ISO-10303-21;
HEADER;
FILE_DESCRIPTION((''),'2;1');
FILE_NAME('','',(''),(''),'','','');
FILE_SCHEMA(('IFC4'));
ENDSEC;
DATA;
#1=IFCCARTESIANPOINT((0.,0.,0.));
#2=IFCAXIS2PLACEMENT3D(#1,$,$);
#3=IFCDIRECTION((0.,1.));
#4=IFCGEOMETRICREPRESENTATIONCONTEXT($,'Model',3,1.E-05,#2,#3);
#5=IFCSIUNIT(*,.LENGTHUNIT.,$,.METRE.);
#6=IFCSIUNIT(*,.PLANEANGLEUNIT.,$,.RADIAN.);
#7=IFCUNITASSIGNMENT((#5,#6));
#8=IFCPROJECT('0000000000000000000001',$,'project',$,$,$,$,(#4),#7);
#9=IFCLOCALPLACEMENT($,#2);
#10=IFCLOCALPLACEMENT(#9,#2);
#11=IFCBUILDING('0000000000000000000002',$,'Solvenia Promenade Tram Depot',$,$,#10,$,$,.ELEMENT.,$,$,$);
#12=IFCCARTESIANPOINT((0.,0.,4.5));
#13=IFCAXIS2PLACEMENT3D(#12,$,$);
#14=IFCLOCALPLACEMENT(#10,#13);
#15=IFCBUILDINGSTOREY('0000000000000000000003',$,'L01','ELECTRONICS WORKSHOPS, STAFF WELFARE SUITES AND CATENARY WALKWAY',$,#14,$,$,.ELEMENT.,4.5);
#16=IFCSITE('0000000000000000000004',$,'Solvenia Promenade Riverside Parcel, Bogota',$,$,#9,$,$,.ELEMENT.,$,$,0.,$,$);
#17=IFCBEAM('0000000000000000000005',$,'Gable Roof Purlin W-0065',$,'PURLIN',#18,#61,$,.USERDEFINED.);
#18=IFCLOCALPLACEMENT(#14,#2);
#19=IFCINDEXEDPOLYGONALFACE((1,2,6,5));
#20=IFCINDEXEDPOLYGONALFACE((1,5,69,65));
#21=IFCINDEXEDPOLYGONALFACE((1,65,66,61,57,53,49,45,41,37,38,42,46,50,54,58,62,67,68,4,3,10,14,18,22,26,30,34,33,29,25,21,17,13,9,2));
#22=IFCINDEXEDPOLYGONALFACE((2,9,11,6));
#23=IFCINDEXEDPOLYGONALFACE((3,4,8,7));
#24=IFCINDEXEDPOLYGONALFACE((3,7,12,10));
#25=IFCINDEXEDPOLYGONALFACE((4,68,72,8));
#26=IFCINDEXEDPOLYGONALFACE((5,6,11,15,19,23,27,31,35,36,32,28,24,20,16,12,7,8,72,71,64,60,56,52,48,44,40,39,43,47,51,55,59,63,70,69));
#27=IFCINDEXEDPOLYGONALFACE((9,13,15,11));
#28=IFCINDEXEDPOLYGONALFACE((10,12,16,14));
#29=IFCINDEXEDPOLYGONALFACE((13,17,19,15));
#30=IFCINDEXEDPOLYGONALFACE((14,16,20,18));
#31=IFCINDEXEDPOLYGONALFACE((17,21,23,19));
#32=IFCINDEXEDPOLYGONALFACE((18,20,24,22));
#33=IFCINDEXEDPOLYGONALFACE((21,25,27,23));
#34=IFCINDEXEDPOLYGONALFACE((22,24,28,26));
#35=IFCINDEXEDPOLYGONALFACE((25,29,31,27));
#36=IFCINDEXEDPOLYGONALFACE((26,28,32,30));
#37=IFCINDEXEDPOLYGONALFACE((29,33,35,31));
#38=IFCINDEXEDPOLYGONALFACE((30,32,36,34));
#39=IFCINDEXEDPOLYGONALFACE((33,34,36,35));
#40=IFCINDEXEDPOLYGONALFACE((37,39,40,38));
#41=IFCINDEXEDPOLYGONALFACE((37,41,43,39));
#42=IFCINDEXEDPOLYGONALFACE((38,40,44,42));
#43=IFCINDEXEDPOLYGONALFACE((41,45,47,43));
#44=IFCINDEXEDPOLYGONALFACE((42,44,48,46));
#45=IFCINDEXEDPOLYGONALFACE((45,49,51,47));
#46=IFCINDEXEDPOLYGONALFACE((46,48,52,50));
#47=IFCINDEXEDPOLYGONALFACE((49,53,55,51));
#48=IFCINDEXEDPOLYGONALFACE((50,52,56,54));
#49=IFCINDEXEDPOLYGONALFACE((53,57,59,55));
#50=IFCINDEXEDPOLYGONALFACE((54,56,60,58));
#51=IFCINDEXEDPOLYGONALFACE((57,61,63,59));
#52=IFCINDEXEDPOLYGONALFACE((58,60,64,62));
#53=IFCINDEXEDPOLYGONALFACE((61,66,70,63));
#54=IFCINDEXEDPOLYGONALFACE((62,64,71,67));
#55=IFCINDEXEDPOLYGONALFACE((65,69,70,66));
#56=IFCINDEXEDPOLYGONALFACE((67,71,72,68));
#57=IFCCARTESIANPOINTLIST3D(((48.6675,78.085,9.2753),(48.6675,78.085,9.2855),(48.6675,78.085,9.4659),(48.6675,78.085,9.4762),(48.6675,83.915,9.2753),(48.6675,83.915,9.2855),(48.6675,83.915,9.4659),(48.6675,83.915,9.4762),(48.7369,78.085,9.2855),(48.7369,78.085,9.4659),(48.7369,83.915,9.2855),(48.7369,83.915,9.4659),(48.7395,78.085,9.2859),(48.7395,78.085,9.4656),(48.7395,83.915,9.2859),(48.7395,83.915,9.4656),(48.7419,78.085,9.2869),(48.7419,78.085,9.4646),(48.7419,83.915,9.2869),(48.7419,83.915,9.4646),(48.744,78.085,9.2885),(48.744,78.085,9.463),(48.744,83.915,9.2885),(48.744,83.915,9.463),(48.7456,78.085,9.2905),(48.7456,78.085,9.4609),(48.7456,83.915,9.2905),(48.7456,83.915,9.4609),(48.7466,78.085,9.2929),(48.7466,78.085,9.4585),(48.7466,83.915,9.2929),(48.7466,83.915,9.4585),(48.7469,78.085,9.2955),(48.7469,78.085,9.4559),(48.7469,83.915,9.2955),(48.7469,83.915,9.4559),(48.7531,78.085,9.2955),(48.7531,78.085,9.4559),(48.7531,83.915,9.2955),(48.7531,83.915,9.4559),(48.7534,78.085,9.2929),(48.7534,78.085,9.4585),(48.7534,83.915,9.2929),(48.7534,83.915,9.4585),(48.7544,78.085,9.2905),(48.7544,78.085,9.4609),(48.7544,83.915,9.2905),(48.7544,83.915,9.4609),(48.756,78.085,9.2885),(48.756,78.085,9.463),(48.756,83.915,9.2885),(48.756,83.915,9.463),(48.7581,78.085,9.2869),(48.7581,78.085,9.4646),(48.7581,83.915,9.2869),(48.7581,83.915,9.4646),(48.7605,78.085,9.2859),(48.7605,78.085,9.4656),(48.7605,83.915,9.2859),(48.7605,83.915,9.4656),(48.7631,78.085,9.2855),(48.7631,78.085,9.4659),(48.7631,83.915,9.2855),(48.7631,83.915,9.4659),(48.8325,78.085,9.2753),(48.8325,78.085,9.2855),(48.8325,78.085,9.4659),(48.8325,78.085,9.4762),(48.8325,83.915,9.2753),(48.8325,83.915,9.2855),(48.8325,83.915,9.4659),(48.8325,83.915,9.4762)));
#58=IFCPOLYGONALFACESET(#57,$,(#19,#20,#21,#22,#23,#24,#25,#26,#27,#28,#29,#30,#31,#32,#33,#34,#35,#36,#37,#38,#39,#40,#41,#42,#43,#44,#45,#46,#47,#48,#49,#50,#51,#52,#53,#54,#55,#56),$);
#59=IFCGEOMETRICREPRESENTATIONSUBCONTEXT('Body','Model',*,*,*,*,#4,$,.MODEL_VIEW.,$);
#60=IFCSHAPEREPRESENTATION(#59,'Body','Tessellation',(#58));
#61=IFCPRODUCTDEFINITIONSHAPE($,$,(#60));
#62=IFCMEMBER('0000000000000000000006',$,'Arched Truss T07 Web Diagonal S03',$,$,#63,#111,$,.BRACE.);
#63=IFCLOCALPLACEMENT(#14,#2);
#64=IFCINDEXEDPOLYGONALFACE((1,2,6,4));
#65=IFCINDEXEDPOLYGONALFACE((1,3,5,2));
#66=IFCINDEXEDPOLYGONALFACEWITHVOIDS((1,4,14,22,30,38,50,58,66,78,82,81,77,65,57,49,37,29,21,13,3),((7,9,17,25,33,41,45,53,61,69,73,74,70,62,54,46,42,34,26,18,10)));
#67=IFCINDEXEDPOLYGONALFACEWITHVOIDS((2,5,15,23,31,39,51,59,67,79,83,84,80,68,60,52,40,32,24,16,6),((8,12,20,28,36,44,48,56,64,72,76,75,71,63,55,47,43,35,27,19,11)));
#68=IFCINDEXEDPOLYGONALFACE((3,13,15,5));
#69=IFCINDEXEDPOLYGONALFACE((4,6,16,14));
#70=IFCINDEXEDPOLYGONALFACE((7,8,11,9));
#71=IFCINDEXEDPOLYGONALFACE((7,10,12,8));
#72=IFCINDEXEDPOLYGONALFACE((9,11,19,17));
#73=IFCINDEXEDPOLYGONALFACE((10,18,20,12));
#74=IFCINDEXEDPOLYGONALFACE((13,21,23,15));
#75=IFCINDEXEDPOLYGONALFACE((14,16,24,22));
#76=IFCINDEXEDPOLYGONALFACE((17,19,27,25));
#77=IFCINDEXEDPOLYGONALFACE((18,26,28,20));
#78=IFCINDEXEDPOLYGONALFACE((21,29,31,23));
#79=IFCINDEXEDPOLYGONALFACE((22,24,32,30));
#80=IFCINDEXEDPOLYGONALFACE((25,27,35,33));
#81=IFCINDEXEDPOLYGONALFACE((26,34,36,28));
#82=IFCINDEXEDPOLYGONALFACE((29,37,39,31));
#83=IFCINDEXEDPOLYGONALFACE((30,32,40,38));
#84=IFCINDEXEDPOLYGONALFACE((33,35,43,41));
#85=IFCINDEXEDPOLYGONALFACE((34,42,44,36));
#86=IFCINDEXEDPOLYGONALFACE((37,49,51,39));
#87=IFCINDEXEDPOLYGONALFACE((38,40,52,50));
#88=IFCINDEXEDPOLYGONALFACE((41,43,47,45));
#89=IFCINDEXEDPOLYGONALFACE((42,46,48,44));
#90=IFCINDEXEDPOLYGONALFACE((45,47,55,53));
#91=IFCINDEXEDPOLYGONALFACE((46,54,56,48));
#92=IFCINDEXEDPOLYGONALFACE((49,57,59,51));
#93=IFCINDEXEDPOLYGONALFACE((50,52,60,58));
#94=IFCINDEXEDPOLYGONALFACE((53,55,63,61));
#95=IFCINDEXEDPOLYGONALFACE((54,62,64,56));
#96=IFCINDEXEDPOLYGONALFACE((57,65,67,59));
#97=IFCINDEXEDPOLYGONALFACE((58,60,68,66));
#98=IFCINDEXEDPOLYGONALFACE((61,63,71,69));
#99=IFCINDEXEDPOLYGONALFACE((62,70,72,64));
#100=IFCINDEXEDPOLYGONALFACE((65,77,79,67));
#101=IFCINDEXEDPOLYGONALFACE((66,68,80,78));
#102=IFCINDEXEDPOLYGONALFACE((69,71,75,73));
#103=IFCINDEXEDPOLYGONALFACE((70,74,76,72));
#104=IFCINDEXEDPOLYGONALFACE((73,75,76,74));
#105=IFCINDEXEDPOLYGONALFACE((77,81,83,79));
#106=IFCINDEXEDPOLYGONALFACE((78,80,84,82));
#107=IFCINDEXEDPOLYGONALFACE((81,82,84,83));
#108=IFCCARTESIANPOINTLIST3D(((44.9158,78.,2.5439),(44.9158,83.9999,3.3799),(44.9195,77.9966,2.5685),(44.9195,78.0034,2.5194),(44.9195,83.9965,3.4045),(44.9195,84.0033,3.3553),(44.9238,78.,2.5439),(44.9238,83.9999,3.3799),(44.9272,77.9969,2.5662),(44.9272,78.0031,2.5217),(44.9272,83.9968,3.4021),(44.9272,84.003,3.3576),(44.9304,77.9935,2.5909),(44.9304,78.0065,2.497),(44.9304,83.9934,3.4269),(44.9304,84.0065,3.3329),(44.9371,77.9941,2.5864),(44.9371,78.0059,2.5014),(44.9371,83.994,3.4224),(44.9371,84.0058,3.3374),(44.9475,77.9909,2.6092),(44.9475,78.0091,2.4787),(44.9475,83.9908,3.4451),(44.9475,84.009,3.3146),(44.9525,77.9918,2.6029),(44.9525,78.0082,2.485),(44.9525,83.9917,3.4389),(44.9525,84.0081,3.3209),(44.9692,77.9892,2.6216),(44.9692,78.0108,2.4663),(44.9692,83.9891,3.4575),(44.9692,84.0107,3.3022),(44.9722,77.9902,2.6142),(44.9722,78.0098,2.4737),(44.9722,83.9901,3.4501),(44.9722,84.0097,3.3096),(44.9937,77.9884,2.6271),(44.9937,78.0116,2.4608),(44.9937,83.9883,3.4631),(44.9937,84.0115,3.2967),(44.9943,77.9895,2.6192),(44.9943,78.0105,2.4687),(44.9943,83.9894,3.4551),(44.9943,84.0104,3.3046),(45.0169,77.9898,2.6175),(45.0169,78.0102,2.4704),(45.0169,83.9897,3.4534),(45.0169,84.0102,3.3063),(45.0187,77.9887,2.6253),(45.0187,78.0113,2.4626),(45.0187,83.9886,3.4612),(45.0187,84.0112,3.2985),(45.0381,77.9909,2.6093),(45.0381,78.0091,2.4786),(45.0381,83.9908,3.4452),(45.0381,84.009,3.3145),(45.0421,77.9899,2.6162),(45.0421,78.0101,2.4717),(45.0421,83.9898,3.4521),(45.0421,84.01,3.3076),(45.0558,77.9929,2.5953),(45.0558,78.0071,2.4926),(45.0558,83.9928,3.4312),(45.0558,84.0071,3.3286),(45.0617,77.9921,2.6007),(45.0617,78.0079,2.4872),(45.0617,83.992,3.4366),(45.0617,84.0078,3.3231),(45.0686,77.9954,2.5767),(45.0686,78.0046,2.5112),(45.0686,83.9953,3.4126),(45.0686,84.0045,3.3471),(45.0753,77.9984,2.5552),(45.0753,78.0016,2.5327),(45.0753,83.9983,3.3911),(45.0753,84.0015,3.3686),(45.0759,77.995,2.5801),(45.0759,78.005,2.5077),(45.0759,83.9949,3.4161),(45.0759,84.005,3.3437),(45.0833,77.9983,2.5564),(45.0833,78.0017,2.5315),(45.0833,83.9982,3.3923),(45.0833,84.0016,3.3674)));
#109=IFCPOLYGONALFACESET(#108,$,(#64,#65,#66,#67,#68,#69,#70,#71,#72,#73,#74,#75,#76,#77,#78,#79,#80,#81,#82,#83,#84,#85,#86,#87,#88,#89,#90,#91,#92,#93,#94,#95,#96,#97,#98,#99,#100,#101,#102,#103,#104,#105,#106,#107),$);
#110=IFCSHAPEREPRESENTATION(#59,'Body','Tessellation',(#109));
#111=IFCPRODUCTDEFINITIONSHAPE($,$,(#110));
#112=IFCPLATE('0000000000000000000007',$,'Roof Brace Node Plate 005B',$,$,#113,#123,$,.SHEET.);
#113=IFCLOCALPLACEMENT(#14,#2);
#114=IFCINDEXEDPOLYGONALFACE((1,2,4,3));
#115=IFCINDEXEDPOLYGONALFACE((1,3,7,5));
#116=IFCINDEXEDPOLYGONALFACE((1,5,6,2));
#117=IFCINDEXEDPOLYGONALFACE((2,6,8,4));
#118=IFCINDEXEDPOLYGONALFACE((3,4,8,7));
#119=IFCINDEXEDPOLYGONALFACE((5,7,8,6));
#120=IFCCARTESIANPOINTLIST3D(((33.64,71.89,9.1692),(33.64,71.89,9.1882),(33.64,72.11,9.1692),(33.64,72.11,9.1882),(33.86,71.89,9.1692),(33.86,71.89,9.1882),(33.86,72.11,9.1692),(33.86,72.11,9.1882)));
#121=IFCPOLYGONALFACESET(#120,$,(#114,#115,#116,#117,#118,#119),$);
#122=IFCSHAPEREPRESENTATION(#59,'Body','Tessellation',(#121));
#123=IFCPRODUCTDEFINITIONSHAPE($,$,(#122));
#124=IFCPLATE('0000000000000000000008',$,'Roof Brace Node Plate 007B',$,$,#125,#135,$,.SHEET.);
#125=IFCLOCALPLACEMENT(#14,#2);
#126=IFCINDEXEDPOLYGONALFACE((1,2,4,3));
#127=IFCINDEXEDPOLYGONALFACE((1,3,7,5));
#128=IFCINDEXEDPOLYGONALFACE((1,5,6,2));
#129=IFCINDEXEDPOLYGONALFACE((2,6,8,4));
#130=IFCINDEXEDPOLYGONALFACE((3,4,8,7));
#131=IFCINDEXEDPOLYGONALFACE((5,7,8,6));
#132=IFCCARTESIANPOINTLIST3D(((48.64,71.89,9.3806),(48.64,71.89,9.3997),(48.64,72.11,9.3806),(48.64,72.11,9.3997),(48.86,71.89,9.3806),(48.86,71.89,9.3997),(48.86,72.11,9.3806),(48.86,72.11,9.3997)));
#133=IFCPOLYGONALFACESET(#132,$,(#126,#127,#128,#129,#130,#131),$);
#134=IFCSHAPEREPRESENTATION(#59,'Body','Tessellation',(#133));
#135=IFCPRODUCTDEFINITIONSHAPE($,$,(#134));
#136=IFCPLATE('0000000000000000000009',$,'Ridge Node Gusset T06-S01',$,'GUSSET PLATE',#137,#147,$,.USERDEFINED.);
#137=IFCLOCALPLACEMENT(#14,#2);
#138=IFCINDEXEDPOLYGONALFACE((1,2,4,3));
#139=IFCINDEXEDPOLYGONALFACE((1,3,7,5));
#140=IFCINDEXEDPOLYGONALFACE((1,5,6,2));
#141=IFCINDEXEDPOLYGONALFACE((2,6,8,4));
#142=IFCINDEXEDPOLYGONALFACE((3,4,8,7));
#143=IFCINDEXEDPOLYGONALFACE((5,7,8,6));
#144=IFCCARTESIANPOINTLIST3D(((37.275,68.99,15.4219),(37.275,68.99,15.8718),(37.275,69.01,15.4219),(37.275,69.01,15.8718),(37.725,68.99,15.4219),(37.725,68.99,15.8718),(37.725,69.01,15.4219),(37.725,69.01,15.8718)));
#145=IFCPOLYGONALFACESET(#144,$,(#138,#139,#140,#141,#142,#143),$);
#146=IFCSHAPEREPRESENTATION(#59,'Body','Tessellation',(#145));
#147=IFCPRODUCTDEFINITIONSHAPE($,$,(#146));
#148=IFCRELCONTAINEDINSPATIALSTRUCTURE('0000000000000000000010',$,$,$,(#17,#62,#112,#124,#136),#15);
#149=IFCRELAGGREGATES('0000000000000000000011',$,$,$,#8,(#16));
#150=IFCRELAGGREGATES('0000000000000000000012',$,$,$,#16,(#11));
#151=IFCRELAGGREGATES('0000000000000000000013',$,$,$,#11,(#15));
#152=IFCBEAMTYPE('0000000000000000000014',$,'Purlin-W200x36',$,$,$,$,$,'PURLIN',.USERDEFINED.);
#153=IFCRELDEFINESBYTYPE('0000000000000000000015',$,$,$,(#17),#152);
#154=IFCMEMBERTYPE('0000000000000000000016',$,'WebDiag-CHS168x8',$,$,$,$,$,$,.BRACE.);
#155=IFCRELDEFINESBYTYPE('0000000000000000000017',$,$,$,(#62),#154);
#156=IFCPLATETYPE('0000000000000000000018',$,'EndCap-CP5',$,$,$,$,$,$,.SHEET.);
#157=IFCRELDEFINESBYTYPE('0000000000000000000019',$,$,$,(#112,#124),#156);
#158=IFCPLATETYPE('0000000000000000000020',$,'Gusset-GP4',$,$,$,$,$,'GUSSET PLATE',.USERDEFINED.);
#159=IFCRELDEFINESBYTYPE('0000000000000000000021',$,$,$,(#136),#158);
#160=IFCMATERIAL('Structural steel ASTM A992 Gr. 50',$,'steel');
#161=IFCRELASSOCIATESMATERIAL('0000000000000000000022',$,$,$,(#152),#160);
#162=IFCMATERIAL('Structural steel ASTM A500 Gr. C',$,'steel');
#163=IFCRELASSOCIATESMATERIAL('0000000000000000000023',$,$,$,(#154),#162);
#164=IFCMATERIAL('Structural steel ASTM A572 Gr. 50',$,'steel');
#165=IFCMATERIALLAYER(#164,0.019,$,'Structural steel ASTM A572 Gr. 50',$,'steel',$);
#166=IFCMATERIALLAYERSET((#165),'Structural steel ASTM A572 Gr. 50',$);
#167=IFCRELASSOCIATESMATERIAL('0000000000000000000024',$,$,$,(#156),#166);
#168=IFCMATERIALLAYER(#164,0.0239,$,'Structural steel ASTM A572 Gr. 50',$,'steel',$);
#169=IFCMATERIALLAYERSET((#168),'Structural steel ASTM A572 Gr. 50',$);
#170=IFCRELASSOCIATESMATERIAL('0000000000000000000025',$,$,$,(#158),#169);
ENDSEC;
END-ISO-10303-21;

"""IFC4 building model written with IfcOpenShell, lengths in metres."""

from ifc_helpers import new_model, si_unit, direction, frame, origin, origin_2d, place, context, subcontext, project, spatial, rectangle, hollow_circle, i_section, extrude, material, layer, layer_set, material_profile, profile_set, type_object, element, save


model = new_model("IFC4")

# Units and contexts
model_context = context("Model", 3, precision=1e-05, world=origin(), true_north=direction((0.0, 1.0)))
body_context = subcontext(model_context, "Body", "Model", "MODEL_VIEW")
ifc_project = project(units=[si_unit("LENGTHUNIT", "METRE"), si_unit("PLANEANGLEUNIT", "RADIAN")], contexts=[model_context])

# Site, building, storey
site_placement = place(None, origin())
site = spatial("IfcSite", under=ifc_project, at=site_placement, Name="Solvenia Promenade Riverside Parcel, Bogota", CompositionType="ELEMENT", RefElevation=0.0)
building_placement = place(site_placement, origin())
building = spatial("IfcBuilding", under=site, at=building_placement, Name="Solvenia Promenade Tram Depot", CompositionType="ELEMENT")
storey_placement = place(building_placement, frame((0.0, 0.0, 4.5)))
storey = spatial("IfcBuildingStorey", under=building, at=storey_placement, Name="L01", Description="ELECTRONICS WORKSHOPS, STAFF WELFARE SUITES AND CATENARY WALKWAY", CompositionType="ELEMENT", Elevation=4.5)

# Shared definitions
ifc_material_1 = material(Name="Structural steel ASTM A500 Gr. C", Category="steel")

# Beam
ifc_material_2 = material(Name="Structural steel ASTM A992 Gr. 50", Category="steel")
ifc_material_profile_1 = material_profile(ifc_material_2, i_section(OverallWidth=0.165, OverallDepth=0.2009, WebThickness=0.0061, FlangeThickness=0.0103, FilletRadius=0.01, at=origin_2d()), Name="W200x36", Category="steel")
ifc_profile_set_1 = profile_set([ifc_material_profile_1], Name="Structural steel ASTM A992 Gr. 50")
beam_type_1 = type_object("IfcBeamType", Name="Purlin-W200x36", ElementType="PURLIN", PredefinedType="USERDEFINED", material=ifc_profile_set_1)
for number, where, z_axis, x_axis, name in (
    (1, (48.75, 78.085, 9.3757), (0.0, 1.0, 0.0), (-1.0, 0.0, 0.0), "Gable Roof Purlin W-0065"),
):
    element("IfcBeam", number, at=place(storey_placement, frame(where, z_axis=z_axis, x_axis=x_axis)), inside=storey, type_object=beam_type_1, Name=name, ObjectType="PURLIN", PredefinedType="USERDEFINED", context=body_context, shape_type="SweptSolid", body=[
        extrude(i_section(OverallWidth=0.165, OverallDepth=0.2009, WebThickness=0.0061, FlangeThickness=0.0103, FilletRadius=0.01, at=origin_2d()), origin(), (0.0, 0.0, 1.0), 5.8301),
    ])

# Member
ifc_material_profile_2 = material_profile(ifc_material_1, hollow_circle(Radius=0.0842, WallThickness=0.0081, at=origin_2d()), Name="CHS168.3x8", Category="steel")
ifc_profile_set_2 = profile_set([ifc_material_profile_2], Name="Structural steel ASTM A500 Gr. C")
member_type_1 = type_object("IfcMemberType", Name="WebDiag-CHS168x8", PredefinedType="BRACE", material=ifc_profile_set_2)
member_1_placement = place(storey_placement, frame((45.0, 78.0, 2.5439), z_axis=(0.0, 0.990434, 0.13799), x_axis=(-1.0, 0.0, 0.0)))
element("IfcMember", 2, at=member_1_placement, inside=storey, type_object=member_type_1, Name="Arched Truss T07 Web Diagonal S03", PredefinedType="BRACE", context=body_context, shape_type="SweptSolid", body=[
    extrude(hollow_circle(Radius=0.0842, WallThickness=0.0081, at=origin_2d()), origin(), (0.0, 0.0, 1.0), 6.0579),
])

# Plates
ifc_material_3 = material(Name="Structural steel ASTM A572 Gr. 50", Category="steel")
ifc_layer_1 = layer(ifc_material_3, 0.019, Name="Structural steel ASTM A572 Gr. 50", Category="steel")
ifc_layer_set_1 = layer_set([ifc_layer_1], Name="Structural steel ASTM A572 Gr. 50")
plate_type_1 = type_object("IfcPlateType", Name="EndCap-CP5", PredefinedType="SHEET", material=ifc_layer_set_1)
for number, where, z_axis, x_axis, name in (
    (3, (33.75, 72.0, 9.1692), (0.0, 0.0, 1.0), (1.0, 0.0, 0.0), "Roof Brace Node Plate 005B"),
    (4, (48.75, 72.0, 9.3806), (0.0, 0.0, 1.0), (1.0, 0.0, 0.0), "Roof Brace Node Plate 007B"),
):
    element("IfcPlate", number, at=place(storey_placement, frame(where, z_axis=z_axis, x_axis=x_axis)), inside=storey, type_object=plate_type_1, Name=name, PredefinedType="SHEET", context=body_context, shape_type="SweptSolid", body=[
        extrude(rectangle(XDim=0.22, YDim=0.22, at=origin_2d()), origin(), (0.0, 0.0, 1.0), 0.019),
    ])
ifc_layer_2 = layer(ifc_material_3, 0.0239, Name="Structural steel ASTM A572 Gr. 50", Category="steel")
ifc_layer_set_2 = layer_set([ifc_layer_2], Name="Structural steel ASTM A572 Gr. 50")
plate_type_2 = type_object("IfcPlateType", Name="Gusset-GP4", ElementType="GUSSET PLATE", PredefinedType="USERDEFINED", material=ifc_layer_set_2)
plate_placement = place(storey_placement, frame((37.5, 69.0, 15.4219), z_axis=(0.0, 0.0, 1.0), x_axis=(1.0, 0.0, 0.0)))
element("IfcPlate", 5, at=plate_placement, inside=storey, type_object=plate_type_2, Name="Ridge Node Gusset T06-S01", ObjectType="GUSSET PLATE", PredefinedType="USERDEFINED", context=body_context, shape_type="SweptSolid", body=[
    extrude(rectangle(XDim=0.45, YDim=0.02, at=origin_2d()), origin(), (0.0, 0.0, 1.0), 0.45),
])

save(model, "model.ifc")
